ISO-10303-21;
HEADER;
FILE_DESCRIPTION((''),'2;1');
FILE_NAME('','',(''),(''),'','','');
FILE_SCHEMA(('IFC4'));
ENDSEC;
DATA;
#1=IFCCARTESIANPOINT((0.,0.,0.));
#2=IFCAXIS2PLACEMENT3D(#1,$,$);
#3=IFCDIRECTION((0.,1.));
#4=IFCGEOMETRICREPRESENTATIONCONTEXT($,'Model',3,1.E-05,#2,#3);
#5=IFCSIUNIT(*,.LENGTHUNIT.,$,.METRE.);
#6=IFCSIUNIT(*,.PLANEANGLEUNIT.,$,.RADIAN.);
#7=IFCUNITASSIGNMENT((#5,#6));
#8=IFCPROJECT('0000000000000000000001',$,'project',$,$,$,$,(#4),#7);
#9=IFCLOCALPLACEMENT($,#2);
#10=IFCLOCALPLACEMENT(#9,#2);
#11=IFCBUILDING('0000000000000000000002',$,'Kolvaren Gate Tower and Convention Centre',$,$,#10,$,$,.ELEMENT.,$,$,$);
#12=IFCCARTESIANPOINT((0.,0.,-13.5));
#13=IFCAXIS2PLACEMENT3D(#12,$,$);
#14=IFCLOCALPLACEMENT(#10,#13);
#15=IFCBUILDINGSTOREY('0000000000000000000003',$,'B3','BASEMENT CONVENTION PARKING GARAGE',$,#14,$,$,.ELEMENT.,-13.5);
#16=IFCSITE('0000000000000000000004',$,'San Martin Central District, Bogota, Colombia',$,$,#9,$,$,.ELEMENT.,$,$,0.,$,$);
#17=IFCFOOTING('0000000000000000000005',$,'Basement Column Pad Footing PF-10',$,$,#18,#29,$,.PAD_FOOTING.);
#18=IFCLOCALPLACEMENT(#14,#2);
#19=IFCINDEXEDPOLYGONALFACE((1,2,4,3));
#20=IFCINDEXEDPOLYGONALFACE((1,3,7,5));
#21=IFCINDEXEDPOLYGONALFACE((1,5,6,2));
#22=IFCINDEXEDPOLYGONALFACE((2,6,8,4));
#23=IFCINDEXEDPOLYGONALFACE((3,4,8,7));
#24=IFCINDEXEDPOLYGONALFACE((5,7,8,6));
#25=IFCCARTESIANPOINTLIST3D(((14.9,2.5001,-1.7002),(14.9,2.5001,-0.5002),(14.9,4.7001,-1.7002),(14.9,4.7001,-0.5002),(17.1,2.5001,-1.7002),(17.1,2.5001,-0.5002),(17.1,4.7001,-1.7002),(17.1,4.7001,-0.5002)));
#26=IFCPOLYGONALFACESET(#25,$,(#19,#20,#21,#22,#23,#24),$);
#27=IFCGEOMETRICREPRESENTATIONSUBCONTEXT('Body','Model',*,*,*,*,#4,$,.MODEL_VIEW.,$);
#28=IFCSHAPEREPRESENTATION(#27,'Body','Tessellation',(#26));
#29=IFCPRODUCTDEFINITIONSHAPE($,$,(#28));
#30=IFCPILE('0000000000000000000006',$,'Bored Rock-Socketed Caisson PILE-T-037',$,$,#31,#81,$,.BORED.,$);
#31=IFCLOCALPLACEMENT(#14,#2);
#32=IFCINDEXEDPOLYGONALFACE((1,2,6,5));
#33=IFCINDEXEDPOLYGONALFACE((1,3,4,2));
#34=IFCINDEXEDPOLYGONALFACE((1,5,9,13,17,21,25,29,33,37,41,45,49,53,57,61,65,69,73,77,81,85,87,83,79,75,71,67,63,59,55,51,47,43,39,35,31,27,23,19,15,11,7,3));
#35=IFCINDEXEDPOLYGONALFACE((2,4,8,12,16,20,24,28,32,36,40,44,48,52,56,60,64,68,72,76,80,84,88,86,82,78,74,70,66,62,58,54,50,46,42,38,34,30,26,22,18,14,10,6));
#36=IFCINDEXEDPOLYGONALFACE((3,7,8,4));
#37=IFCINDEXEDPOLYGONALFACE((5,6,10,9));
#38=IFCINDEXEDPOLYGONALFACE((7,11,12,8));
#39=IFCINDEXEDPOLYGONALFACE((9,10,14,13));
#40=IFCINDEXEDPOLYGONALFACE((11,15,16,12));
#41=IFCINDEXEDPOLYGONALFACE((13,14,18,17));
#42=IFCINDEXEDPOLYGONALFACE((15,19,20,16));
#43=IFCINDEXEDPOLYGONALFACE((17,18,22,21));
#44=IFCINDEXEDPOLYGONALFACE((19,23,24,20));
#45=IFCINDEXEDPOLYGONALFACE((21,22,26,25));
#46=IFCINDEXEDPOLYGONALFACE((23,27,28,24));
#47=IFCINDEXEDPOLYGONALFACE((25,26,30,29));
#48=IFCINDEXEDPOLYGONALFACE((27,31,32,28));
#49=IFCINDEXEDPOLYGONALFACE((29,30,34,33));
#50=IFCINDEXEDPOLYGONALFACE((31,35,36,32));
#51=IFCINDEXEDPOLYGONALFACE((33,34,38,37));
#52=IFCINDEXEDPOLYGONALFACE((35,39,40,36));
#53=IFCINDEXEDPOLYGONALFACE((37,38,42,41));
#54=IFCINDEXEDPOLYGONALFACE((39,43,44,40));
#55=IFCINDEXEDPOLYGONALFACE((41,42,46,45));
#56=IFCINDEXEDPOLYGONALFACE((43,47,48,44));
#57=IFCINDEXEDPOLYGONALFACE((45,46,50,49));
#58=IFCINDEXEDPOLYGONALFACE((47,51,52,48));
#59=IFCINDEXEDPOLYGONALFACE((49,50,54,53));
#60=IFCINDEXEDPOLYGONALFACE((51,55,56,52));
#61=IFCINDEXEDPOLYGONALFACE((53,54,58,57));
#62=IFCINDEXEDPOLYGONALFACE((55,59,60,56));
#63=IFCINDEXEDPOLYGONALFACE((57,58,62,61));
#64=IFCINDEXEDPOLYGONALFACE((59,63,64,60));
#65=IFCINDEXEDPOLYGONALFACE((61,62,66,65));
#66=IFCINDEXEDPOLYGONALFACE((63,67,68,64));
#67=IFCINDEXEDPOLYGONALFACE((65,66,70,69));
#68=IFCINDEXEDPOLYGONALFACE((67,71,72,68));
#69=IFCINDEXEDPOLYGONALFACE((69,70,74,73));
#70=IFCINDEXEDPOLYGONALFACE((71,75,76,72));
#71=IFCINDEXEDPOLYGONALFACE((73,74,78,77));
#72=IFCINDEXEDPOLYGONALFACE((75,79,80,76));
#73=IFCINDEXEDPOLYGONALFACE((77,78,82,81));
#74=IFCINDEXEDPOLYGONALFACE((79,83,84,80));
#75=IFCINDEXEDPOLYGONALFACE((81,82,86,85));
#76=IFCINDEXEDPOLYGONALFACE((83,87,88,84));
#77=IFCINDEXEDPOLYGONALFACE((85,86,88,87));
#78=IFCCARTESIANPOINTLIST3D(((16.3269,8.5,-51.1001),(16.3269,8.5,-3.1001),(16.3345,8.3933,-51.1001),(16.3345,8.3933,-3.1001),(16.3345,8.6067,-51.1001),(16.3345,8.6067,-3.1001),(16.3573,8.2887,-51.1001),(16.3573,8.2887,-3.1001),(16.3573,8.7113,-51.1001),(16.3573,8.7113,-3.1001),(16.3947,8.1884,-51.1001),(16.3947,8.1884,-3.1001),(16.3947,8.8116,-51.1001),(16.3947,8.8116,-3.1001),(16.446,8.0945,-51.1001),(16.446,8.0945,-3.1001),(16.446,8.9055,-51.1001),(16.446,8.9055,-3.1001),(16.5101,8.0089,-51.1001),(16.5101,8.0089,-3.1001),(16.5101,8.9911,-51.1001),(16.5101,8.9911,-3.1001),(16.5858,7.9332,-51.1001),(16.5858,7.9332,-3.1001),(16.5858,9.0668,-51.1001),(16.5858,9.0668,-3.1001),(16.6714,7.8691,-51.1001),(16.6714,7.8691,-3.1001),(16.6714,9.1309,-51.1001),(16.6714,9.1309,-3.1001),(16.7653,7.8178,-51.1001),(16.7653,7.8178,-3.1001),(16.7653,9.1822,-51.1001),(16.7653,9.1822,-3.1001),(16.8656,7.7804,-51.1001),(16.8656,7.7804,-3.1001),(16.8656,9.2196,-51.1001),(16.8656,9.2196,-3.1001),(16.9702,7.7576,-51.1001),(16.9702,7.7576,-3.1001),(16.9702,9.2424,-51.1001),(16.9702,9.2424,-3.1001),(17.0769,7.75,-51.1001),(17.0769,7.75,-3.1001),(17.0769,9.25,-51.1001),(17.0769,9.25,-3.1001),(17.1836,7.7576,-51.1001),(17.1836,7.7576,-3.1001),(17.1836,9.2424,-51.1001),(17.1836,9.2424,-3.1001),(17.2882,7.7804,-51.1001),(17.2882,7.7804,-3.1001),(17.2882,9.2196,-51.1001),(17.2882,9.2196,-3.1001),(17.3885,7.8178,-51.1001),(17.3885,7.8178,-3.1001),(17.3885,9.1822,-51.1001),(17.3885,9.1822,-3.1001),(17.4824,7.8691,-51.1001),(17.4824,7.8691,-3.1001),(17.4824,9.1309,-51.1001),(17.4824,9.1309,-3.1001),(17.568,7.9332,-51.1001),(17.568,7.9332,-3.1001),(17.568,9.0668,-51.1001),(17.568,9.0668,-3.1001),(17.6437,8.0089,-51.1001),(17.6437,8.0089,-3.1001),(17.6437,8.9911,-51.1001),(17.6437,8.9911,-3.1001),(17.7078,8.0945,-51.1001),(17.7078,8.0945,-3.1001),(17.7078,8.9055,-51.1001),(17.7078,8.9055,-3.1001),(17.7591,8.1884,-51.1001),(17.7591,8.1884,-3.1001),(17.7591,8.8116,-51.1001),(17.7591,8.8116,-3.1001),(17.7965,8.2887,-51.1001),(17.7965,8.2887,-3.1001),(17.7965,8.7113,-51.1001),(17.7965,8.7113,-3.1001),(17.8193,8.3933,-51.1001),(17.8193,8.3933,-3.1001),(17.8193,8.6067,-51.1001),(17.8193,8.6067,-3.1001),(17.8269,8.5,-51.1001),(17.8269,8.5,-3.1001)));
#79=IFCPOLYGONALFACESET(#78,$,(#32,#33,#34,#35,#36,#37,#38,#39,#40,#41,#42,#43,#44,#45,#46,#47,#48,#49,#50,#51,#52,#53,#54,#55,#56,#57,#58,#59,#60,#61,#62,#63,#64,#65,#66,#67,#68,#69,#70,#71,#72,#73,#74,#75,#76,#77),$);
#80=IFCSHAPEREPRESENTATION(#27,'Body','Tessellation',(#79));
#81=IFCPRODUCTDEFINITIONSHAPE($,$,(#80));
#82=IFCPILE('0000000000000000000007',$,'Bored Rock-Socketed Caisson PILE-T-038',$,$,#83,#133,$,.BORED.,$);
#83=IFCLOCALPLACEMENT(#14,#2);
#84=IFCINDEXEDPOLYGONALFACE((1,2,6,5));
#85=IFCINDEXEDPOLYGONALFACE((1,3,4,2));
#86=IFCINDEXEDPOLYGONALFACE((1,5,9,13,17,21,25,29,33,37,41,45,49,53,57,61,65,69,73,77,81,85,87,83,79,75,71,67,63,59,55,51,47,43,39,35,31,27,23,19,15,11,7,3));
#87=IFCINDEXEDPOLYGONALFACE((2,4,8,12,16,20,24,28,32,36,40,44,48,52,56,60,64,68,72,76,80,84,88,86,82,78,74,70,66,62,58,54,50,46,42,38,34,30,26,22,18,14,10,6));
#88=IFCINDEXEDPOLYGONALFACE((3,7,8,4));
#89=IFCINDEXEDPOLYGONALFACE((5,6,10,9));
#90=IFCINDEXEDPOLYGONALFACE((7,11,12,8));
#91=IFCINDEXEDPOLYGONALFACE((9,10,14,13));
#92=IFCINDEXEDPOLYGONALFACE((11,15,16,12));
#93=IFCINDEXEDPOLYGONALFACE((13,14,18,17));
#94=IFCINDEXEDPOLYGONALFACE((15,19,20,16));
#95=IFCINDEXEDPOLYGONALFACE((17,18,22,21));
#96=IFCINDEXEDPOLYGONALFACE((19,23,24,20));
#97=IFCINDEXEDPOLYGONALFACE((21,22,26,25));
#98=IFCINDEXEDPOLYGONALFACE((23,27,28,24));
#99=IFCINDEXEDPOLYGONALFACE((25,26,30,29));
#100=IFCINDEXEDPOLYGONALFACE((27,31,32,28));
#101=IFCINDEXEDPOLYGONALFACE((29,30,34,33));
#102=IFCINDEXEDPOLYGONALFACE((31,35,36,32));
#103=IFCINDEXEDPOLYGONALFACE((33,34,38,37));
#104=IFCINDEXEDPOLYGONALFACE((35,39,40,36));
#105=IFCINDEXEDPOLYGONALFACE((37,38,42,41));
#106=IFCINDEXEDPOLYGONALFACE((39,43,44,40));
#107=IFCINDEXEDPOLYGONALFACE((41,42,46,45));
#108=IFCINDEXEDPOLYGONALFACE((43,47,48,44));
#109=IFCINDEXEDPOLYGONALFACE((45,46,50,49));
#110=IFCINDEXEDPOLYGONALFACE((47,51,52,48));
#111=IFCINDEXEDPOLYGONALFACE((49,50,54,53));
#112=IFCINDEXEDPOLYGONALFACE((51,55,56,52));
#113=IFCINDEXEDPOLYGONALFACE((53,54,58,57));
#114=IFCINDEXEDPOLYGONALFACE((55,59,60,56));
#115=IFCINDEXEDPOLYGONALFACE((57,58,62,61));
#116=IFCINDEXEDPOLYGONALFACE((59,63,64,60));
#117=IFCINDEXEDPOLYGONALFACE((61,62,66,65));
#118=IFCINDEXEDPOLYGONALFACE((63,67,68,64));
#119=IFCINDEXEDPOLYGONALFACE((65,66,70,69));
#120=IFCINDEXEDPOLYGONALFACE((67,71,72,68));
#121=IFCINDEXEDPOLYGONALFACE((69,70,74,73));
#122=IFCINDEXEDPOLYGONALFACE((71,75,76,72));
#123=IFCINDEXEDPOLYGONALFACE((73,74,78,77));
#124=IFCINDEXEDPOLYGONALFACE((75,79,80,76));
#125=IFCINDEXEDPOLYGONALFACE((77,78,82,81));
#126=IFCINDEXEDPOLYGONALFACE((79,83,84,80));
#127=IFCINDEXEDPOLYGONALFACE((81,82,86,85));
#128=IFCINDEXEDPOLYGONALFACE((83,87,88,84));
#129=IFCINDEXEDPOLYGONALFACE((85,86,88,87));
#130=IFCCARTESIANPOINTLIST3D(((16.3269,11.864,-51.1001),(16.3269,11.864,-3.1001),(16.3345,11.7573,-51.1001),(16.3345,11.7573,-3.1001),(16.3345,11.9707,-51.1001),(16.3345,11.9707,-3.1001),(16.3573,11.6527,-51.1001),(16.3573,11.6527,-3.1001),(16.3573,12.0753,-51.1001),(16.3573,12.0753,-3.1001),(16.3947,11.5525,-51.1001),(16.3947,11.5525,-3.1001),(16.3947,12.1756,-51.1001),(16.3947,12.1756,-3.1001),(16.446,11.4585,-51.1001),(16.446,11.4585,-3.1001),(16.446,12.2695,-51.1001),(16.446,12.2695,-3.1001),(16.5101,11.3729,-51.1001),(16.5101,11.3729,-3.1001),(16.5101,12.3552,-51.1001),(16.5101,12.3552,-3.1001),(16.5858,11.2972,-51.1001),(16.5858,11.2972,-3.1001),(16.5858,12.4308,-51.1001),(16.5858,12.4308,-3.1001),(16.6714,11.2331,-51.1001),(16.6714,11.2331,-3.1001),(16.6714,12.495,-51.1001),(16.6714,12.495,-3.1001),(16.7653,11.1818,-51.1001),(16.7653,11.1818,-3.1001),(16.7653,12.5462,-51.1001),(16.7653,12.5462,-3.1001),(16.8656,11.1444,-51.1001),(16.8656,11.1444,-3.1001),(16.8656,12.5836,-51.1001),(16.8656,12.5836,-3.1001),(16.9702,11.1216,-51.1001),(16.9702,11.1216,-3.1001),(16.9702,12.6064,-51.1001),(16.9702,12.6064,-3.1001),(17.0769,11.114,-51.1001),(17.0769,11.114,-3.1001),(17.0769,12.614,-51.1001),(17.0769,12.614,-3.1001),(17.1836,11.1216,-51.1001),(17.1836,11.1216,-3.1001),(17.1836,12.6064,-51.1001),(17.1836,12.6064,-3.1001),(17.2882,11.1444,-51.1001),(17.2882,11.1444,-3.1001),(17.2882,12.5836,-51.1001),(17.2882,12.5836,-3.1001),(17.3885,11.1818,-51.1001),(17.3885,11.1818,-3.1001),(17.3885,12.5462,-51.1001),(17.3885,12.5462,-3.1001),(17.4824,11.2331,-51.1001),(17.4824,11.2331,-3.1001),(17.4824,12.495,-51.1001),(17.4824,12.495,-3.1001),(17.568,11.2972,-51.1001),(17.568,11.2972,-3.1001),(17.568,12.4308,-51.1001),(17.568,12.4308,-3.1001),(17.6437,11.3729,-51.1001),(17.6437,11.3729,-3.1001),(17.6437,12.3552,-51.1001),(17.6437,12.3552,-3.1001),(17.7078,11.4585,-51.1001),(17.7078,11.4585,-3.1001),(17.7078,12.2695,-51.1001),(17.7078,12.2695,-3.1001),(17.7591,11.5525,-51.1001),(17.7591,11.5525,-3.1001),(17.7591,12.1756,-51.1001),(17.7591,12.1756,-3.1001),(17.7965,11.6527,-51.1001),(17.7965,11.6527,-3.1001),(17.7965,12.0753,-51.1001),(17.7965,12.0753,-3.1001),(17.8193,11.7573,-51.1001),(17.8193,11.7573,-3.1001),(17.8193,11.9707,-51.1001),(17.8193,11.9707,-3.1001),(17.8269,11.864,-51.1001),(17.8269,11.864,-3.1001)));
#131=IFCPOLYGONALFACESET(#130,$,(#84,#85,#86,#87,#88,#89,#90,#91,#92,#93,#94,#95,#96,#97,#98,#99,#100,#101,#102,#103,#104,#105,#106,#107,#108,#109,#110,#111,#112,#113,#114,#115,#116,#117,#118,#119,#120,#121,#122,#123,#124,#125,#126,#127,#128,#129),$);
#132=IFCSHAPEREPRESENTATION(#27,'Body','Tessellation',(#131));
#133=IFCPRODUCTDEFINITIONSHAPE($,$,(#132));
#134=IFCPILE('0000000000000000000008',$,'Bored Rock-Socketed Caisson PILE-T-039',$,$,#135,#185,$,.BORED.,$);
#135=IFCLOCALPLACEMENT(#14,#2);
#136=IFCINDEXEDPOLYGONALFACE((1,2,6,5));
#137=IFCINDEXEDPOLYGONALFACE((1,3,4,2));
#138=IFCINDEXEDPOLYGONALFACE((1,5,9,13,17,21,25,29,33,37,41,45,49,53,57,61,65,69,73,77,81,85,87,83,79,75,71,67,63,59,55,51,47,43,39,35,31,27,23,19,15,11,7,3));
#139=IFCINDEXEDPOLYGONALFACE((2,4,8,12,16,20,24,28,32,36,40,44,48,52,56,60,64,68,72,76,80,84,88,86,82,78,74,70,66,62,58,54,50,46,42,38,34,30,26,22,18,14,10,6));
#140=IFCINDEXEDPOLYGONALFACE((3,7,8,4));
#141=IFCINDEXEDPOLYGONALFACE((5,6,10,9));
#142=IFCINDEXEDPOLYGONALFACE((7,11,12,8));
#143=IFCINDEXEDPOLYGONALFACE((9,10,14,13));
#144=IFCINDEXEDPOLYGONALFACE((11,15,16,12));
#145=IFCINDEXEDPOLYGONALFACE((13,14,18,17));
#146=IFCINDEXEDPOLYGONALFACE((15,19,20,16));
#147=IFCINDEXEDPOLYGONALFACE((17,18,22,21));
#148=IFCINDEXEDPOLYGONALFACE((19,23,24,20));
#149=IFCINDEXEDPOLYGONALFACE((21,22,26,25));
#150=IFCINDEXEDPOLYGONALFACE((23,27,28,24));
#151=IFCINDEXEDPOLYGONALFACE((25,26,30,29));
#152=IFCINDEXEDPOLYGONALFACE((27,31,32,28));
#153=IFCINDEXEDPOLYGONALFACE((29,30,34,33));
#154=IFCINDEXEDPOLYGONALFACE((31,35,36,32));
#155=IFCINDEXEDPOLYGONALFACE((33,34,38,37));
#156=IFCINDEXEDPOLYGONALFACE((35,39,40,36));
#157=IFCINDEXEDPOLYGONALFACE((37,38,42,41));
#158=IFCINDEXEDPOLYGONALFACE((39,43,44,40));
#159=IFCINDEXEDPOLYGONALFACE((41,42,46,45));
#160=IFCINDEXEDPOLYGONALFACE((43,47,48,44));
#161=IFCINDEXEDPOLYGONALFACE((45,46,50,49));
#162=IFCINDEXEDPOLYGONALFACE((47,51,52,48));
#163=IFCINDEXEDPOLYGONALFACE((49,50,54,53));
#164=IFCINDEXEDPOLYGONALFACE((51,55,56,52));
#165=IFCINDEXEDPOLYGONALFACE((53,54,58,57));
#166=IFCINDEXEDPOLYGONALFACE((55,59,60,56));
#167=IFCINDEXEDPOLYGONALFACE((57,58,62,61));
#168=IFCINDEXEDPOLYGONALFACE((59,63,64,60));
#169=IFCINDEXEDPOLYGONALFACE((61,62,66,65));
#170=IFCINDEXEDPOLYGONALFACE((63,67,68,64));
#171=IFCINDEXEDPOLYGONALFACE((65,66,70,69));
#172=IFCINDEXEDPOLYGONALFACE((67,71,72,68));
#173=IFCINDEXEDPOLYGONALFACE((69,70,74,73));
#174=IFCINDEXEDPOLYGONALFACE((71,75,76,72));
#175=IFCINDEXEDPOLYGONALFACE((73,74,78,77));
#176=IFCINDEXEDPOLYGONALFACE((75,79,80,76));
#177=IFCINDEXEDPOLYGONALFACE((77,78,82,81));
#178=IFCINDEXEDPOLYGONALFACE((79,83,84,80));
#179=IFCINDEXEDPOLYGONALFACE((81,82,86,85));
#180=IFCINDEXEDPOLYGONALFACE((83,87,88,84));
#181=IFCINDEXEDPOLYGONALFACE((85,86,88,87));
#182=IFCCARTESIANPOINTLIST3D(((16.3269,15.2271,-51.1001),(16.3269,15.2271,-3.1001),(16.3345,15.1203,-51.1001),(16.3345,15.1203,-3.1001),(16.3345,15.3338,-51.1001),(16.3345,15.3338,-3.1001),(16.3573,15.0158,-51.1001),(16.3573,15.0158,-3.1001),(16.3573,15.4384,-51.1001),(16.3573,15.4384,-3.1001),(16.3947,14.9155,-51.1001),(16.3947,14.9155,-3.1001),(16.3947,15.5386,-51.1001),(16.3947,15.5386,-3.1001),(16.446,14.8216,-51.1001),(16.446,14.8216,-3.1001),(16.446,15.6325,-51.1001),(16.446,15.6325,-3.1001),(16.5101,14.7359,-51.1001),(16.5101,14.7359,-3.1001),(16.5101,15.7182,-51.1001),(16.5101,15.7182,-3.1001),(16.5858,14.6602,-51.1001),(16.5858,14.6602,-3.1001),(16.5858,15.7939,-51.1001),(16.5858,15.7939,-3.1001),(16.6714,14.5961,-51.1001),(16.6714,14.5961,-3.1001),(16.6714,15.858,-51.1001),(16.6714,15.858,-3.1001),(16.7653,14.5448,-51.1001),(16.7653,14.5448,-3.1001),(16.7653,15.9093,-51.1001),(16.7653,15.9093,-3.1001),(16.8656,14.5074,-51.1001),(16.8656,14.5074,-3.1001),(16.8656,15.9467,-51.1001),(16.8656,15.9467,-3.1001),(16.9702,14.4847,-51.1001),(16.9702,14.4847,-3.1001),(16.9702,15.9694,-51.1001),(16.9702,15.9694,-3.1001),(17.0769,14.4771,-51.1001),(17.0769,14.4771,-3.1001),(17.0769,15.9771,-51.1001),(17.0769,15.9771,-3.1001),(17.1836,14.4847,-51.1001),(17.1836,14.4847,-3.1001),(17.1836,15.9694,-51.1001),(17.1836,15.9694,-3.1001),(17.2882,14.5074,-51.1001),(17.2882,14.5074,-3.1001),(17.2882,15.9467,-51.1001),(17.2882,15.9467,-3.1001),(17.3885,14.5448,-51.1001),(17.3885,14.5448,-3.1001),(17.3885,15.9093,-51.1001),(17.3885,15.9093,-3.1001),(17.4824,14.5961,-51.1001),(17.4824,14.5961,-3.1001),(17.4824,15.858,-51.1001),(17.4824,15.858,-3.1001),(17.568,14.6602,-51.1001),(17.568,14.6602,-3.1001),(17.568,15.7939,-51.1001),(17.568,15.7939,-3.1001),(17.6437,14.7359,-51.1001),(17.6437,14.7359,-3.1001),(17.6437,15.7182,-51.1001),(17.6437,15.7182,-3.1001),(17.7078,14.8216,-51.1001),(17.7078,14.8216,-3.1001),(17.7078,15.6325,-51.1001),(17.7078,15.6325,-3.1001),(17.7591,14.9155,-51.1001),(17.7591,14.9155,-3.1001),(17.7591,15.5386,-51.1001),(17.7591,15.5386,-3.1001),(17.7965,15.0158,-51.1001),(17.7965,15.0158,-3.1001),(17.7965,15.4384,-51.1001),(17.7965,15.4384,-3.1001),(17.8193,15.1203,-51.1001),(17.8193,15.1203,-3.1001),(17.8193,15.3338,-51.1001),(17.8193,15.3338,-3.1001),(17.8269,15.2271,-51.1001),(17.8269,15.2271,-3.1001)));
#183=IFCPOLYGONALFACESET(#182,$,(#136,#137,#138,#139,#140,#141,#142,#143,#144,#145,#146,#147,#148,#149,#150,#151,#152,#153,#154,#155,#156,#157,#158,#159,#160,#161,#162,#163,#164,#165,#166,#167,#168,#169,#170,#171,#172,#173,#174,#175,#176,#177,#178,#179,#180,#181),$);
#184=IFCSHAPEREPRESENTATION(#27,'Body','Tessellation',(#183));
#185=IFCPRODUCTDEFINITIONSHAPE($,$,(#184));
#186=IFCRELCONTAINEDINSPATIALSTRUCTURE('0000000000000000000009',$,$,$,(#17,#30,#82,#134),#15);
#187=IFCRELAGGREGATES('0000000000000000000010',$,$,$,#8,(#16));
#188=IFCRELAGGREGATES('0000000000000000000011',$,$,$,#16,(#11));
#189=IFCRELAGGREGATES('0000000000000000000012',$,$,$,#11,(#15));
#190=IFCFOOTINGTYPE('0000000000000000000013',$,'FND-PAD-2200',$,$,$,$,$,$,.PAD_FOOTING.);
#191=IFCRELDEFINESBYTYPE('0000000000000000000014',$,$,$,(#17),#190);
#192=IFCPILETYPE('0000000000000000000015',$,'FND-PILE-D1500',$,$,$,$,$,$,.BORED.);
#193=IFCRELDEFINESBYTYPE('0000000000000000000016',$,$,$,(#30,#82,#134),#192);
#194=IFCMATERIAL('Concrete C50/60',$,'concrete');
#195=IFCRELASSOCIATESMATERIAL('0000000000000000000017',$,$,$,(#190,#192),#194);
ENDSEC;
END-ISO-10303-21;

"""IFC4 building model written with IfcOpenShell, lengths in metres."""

from ifc_helpers import new_model, si_unit, direction, frame, origin, origin_2d, place, context, subcontext, project, spatial, rectangle, circle, extrude, material, material_profile, profile_set, type_object, element, save


model = new_model("IFC4")

# Units and contexts
model_context = context("Model", 3, precision=1e-05, world=origin(), true_north=direction((0.0, 1.0)))
body_context = subcontext(model_context, "Body", "Model", "MODEL_VIEW")
ifc_project = project(units=[si_unit("LENGTHUNIT", "METRE"), si_unit("PLANEANGLEUNIT", "RADIAN")], contexts=[model_context])

# Site, building, storey
site_placement = place(None, origin())
site = spatial("IfcSite", under=ifc_project, at=site_placement, Name="San Martin Central District, Bogota, Colombia", CompositionType="ELEMENT", RefElevation=0.0)
building_placement = place(site_placement, origin())
building = spatial("IfcBuilding", under=site, at=building_placement, Name="Kolvaren Gate Tower and Convention Centre", CompositionType="ELEMENT")
storey_placement = place(building_placement, frame((0.0, 0.0, -13.5)))
storey = spatial("IfcBuildingStorey", under=building, at=storey_placement, Name="B3", Description="BASEMENT CONVENTION PARKING GARAGE", CompositionType="ELEMENT", Elevation=-13.5)

# Footing
ifc_material_1 = material(Name="Concrete C50/60", Category="concrete")
footing_type = type_object("IfcFootingType", Name="FND-PAD-2200", PredefinedType="PAD_FOOTING", material=ifc_material_1)
footing_placement = place(storey_placement, frame((16.0, 3.6001, -1.7002), z_axis=(0.0, 0.0, 1.0), x_axis=(1.0, 0.0, 0.0)))
element("IfcFooting", 1, at=footing_placement, inside=storey, type_object=footing_type, Name="Basement Column Pad Footing PF-10", PredefinedType="PAD_FOOTING", context=body_context, shape_type="SweptSolid", body=[
    extrude(rectangle(XDim=2.2, YDim=2.2, at=origin_2d()), origin(), (0.0, 0.0, 1.0), 1.2),
])

# Piles
ifc_material_profile_1 = material_profile(ifc_material_1, circle(Radius=0.75, at=origin_2d()), Name="CAISSON-D1500")
ifc_profile_set_1 = profile_set([ifc_material_profile_1], Name="Concrete C50/60")
pile_type = type_object("IfcPileType", Name="FND-PILE-D1500", PredefinedType="BORED", material=ifc_profile_set_1)
for number, where, z_axis, x_axis, name in (
    (2, (17.0769, 8.5, -3.1001), (0.0, 0.0, -1.0), (1.0, 0.0, 0.0), "Bored Rock-Socketed Caisson PILE-T-037"),
    (3, (17.0769, 11.864, -3.1001), (0.0, 0.0, -1.0), (1.0, 0.0, 0.0), "Bored Rock-Socketed Caisson PILE-T-038"),
    (4, (17.0769, 15.2271, -3.1001), (0.0, 0.0, -1.0), (1.0, 0.0, 0.0), "Bored Rock-Socketed Caisson PILE-T-039"),
):
    element("IfcPile", number, at=place(storey_placement, frame(where, z_axis=z_axis, x_axis=x_axis)), inside=storey, type_object=pile_type, Name=name, PredefinedType="BORED", context=body_context, shape_type="SweptSolid", body=[
        extrude(circle(Radius=0.75, at=origin_2d()), origin(), (0.0, 0.0, 1.0), 48.0),
    ])

save(model, "model.ifc")
